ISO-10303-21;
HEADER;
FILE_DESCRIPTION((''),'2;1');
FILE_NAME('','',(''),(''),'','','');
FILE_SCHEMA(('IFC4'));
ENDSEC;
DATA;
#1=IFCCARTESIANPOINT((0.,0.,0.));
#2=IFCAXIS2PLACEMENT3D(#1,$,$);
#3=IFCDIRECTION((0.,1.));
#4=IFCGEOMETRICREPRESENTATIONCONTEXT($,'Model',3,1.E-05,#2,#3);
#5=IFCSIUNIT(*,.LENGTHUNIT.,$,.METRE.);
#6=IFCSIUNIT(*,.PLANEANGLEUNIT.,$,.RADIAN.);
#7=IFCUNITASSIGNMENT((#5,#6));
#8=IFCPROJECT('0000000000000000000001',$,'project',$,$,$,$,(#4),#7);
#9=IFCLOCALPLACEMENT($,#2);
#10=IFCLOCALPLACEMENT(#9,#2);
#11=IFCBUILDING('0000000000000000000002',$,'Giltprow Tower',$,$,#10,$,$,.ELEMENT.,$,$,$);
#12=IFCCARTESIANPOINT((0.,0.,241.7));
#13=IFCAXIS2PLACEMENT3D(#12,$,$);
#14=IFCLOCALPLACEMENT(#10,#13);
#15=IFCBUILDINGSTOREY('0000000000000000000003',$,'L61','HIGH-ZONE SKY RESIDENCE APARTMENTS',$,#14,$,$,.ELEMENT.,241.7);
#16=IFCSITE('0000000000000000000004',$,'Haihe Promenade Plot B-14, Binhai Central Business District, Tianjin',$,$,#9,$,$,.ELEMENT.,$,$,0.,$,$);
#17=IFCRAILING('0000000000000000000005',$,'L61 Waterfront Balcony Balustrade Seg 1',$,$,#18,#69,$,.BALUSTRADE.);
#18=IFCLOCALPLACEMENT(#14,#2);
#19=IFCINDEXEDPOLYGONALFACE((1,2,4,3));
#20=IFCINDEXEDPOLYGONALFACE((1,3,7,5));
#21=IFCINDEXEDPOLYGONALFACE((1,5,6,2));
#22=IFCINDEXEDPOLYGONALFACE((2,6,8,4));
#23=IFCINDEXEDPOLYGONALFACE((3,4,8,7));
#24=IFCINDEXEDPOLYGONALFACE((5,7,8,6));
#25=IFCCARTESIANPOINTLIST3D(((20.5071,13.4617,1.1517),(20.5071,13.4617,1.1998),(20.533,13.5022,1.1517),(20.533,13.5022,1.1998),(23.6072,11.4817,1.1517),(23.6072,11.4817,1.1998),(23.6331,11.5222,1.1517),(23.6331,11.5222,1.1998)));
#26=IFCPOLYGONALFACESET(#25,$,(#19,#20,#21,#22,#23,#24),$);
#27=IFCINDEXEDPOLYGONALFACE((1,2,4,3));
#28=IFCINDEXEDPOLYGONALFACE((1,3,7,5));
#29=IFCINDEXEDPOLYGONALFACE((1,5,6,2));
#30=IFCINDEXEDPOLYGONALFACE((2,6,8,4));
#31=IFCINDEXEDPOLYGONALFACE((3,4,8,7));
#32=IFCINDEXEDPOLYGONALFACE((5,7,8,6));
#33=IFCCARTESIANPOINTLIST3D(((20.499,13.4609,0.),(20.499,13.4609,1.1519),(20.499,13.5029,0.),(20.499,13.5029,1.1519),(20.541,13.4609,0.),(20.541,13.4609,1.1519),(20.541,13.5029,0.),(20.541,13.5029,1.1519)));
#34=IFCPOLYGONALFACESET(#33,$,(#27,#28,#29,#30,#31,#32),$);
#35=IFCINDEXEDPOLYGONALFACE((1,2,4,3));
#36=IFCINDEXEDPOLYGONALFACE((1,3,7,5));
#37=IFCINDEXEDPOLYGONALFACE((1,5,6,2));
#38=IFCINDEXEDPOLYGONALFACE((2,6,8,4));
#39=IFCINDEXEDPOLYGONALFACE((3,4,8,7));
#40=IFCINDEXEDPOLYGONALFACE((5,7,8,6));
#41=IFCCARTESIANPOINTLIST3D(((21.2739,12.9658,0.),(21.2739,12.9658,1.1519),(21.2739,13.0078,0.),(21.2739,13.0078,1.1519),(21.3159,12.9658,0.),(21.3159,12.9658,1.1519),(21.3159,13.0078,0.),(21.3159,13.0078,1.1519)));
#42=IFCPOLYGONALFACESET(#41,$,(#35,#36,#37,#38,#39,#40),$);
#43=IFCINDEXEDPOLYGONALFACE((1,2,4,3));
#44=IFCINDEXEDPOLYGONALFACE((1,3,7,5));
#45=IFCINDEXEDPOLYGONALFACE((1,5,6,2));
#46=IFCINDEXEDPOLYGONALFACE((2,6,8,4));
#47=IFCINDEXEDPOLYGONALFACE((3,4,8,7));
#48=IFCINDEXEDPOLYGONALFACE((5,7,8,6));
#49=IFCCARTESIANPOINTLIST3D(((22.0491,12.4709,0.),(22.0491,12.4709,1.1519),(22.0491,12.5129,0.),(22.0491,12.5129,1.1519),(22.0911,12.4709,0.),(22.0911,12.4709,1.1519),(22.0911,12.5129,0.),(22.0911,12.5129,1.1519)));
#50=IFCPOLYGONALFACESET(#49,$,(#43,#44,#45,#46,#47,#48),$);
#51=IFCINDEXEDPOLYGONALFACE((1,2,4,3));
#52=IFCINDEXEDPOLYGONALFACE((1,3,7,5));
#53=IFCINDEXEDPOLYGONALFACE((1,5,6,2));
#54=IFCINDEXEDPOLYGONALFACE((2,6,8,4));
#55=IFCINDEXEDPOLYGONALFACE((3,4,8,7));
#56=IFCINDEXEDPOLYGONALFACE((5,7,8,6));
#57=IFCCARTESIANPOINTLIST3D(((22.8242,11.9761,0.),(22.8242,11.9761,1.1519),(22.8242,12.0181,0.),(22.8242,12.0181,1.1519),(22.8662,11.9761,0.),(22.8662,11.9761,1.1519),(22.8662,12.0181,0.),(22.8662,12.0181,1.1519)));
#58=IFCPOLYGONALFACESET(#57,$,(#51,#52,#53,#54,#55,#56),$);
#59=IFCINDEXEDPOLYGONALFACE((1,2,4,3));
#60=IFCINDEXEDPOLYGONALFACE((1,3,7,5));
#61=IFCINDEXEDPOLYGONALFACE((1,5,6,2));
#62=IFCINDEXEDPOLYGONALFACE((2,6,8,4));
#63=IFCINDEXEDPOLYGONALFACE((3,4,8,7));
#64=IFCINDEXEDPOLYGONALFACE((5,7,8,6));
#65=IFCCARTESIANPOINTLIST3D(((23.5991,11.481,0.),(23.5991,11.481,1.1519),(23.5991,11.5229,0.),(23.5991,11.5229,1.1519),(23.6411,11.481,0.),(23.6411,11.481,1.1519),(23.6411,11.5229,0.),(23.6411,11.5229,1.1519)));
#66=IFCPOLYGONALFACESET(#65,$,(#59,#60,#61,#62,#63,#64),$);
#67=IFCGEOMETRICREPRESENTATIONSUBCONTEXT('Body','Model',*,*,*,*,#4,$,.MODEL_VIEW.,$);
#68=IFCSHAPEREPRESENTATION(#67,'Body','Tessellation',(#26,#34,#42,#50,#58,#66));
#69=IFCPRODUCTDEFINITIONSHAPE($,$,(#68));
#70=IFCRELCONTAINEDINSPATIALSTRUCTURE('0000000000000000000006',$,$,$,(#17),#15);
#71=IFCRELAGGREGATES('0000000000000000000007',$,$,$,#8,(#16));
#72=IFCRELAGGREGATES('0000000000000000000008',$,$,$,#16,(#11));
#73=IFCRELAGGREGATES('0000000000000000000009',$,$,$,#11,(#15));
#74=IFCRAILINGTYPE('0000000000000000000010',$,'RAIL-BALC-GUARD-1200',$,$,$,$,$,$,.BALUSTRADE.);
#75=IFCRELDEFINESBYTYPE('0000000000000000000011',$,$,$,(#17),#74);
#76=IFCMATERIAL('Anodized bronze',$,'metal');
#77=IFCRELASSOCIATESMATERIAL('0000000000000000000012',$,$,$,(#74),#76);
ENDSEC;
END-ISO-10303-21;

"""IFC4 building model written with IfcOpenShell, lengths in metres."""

from ifc_helpers import new_model, si_unit, direction, frame, origin, origin_2d, place, context, subcontext, project, spatial, rectangle, extrude, material, type_object, element, save


model = new_model("IFC4")

# Units and contexts
model_context = context("Model", 3, precision=1e-05, world=origin(), true_north=direction((0.0, 1.0)))
body_context = subcontext(model_context, "Body", "Model", "MODEL_VIEW")
ifc_project = project(units=[si_unit("LENGTHUNIT", "METRE"), si_unit("PLANEANGLEUNIT", "RADIAN")], contexts=[model_context])

# Site, building, storey
site_placement = place(None, origin())
site = spatial("IfcSite", under=ifc_project, at=site_placement, Name="Haihe Promenade Plot B-14, Binhai Central Business District, Tianjin", CompositionType="ELEMENT", RefElevation=0.0)
building_placement = place(site_placement, origin())
building = spatial("IfcBuilding", under=site, at=building_placement, Name="Giltprow Tower", CompositionType="ELEMENT")
storey_placement = place(building_placement, frame((0.0, 0.0, 241.7)))
storey = spatial("IfcBuildingStorey", under=building, at=storey_placement, Name="L61", Description="HIGH-ZONE SKY RESIDENCE APARTMENTS", CompositionType="ELEMENT", Elevation=241.7)

# Shared definitions
ifc_material_1 = material(Name="Anodized bronze", Category="metal")

# Railing
railing_type = type_object("IfcRailingType", Name="RAIL-BALC-GUARD-1200", PredefinedType="BALUSTRADE", material=ifc_material_1)
railing_1_placement = place(storey_placement, frame((20.52, 13.4819, 0.0)))
element("IfcRailing", 1, at=railing_1_placement, inside=storey, type_object=railing_type, Name="L61 Waterfront Balcony Balustrade Seg 1", PredefinedType="BALUSTRADE", context=body_context, shape_type="SweptSolid", body=[
    extrude(rectangle(XDim=0.0481, YDim=0.0481, at=origin_2d()), frame((0.0, 0.0, 1.1758), z_axis=(0.842775, -0.538266, 0.0), x_axis=(0.538266, 0.842775, 0.0)), (0.0, 0.0, 1.0), 3.6785),
    extrude(rectangle(XDim=0.042, YDim=0.042, at=origin_2d()), origin(), (0.0, 0.0, 1.0), 1.1519),
    extrude(rectangle(XDim=0.042, YDim=0.042, at=origin_2d()), frame((0.7749, -0.4951, 0.0)), (0.0, 0.0, 1.0), 1.1519),
    extrude(rectangle(XDim=0.042, YDim=0.042, at=origin_2d()), frame((1.55, -0.99, 0.0)), (0.0, 0.0, 1.0), 1.1519),
    extrude(rectangle(XDim=0.042, YDim=0.042, at=origin_2d()), frame((2.3252, -1.4849, 0.0)), (0.0, 0.0, 1.0), 1.1519),
    extrude(rectangle(XDim=0.042, YDim=0.042, at=origin_2d()), frame((3.1001, -1.98, 0.0)), (0.0, 0.0, 1.0), 1.1519),
])

save(model, "model.ifc")
